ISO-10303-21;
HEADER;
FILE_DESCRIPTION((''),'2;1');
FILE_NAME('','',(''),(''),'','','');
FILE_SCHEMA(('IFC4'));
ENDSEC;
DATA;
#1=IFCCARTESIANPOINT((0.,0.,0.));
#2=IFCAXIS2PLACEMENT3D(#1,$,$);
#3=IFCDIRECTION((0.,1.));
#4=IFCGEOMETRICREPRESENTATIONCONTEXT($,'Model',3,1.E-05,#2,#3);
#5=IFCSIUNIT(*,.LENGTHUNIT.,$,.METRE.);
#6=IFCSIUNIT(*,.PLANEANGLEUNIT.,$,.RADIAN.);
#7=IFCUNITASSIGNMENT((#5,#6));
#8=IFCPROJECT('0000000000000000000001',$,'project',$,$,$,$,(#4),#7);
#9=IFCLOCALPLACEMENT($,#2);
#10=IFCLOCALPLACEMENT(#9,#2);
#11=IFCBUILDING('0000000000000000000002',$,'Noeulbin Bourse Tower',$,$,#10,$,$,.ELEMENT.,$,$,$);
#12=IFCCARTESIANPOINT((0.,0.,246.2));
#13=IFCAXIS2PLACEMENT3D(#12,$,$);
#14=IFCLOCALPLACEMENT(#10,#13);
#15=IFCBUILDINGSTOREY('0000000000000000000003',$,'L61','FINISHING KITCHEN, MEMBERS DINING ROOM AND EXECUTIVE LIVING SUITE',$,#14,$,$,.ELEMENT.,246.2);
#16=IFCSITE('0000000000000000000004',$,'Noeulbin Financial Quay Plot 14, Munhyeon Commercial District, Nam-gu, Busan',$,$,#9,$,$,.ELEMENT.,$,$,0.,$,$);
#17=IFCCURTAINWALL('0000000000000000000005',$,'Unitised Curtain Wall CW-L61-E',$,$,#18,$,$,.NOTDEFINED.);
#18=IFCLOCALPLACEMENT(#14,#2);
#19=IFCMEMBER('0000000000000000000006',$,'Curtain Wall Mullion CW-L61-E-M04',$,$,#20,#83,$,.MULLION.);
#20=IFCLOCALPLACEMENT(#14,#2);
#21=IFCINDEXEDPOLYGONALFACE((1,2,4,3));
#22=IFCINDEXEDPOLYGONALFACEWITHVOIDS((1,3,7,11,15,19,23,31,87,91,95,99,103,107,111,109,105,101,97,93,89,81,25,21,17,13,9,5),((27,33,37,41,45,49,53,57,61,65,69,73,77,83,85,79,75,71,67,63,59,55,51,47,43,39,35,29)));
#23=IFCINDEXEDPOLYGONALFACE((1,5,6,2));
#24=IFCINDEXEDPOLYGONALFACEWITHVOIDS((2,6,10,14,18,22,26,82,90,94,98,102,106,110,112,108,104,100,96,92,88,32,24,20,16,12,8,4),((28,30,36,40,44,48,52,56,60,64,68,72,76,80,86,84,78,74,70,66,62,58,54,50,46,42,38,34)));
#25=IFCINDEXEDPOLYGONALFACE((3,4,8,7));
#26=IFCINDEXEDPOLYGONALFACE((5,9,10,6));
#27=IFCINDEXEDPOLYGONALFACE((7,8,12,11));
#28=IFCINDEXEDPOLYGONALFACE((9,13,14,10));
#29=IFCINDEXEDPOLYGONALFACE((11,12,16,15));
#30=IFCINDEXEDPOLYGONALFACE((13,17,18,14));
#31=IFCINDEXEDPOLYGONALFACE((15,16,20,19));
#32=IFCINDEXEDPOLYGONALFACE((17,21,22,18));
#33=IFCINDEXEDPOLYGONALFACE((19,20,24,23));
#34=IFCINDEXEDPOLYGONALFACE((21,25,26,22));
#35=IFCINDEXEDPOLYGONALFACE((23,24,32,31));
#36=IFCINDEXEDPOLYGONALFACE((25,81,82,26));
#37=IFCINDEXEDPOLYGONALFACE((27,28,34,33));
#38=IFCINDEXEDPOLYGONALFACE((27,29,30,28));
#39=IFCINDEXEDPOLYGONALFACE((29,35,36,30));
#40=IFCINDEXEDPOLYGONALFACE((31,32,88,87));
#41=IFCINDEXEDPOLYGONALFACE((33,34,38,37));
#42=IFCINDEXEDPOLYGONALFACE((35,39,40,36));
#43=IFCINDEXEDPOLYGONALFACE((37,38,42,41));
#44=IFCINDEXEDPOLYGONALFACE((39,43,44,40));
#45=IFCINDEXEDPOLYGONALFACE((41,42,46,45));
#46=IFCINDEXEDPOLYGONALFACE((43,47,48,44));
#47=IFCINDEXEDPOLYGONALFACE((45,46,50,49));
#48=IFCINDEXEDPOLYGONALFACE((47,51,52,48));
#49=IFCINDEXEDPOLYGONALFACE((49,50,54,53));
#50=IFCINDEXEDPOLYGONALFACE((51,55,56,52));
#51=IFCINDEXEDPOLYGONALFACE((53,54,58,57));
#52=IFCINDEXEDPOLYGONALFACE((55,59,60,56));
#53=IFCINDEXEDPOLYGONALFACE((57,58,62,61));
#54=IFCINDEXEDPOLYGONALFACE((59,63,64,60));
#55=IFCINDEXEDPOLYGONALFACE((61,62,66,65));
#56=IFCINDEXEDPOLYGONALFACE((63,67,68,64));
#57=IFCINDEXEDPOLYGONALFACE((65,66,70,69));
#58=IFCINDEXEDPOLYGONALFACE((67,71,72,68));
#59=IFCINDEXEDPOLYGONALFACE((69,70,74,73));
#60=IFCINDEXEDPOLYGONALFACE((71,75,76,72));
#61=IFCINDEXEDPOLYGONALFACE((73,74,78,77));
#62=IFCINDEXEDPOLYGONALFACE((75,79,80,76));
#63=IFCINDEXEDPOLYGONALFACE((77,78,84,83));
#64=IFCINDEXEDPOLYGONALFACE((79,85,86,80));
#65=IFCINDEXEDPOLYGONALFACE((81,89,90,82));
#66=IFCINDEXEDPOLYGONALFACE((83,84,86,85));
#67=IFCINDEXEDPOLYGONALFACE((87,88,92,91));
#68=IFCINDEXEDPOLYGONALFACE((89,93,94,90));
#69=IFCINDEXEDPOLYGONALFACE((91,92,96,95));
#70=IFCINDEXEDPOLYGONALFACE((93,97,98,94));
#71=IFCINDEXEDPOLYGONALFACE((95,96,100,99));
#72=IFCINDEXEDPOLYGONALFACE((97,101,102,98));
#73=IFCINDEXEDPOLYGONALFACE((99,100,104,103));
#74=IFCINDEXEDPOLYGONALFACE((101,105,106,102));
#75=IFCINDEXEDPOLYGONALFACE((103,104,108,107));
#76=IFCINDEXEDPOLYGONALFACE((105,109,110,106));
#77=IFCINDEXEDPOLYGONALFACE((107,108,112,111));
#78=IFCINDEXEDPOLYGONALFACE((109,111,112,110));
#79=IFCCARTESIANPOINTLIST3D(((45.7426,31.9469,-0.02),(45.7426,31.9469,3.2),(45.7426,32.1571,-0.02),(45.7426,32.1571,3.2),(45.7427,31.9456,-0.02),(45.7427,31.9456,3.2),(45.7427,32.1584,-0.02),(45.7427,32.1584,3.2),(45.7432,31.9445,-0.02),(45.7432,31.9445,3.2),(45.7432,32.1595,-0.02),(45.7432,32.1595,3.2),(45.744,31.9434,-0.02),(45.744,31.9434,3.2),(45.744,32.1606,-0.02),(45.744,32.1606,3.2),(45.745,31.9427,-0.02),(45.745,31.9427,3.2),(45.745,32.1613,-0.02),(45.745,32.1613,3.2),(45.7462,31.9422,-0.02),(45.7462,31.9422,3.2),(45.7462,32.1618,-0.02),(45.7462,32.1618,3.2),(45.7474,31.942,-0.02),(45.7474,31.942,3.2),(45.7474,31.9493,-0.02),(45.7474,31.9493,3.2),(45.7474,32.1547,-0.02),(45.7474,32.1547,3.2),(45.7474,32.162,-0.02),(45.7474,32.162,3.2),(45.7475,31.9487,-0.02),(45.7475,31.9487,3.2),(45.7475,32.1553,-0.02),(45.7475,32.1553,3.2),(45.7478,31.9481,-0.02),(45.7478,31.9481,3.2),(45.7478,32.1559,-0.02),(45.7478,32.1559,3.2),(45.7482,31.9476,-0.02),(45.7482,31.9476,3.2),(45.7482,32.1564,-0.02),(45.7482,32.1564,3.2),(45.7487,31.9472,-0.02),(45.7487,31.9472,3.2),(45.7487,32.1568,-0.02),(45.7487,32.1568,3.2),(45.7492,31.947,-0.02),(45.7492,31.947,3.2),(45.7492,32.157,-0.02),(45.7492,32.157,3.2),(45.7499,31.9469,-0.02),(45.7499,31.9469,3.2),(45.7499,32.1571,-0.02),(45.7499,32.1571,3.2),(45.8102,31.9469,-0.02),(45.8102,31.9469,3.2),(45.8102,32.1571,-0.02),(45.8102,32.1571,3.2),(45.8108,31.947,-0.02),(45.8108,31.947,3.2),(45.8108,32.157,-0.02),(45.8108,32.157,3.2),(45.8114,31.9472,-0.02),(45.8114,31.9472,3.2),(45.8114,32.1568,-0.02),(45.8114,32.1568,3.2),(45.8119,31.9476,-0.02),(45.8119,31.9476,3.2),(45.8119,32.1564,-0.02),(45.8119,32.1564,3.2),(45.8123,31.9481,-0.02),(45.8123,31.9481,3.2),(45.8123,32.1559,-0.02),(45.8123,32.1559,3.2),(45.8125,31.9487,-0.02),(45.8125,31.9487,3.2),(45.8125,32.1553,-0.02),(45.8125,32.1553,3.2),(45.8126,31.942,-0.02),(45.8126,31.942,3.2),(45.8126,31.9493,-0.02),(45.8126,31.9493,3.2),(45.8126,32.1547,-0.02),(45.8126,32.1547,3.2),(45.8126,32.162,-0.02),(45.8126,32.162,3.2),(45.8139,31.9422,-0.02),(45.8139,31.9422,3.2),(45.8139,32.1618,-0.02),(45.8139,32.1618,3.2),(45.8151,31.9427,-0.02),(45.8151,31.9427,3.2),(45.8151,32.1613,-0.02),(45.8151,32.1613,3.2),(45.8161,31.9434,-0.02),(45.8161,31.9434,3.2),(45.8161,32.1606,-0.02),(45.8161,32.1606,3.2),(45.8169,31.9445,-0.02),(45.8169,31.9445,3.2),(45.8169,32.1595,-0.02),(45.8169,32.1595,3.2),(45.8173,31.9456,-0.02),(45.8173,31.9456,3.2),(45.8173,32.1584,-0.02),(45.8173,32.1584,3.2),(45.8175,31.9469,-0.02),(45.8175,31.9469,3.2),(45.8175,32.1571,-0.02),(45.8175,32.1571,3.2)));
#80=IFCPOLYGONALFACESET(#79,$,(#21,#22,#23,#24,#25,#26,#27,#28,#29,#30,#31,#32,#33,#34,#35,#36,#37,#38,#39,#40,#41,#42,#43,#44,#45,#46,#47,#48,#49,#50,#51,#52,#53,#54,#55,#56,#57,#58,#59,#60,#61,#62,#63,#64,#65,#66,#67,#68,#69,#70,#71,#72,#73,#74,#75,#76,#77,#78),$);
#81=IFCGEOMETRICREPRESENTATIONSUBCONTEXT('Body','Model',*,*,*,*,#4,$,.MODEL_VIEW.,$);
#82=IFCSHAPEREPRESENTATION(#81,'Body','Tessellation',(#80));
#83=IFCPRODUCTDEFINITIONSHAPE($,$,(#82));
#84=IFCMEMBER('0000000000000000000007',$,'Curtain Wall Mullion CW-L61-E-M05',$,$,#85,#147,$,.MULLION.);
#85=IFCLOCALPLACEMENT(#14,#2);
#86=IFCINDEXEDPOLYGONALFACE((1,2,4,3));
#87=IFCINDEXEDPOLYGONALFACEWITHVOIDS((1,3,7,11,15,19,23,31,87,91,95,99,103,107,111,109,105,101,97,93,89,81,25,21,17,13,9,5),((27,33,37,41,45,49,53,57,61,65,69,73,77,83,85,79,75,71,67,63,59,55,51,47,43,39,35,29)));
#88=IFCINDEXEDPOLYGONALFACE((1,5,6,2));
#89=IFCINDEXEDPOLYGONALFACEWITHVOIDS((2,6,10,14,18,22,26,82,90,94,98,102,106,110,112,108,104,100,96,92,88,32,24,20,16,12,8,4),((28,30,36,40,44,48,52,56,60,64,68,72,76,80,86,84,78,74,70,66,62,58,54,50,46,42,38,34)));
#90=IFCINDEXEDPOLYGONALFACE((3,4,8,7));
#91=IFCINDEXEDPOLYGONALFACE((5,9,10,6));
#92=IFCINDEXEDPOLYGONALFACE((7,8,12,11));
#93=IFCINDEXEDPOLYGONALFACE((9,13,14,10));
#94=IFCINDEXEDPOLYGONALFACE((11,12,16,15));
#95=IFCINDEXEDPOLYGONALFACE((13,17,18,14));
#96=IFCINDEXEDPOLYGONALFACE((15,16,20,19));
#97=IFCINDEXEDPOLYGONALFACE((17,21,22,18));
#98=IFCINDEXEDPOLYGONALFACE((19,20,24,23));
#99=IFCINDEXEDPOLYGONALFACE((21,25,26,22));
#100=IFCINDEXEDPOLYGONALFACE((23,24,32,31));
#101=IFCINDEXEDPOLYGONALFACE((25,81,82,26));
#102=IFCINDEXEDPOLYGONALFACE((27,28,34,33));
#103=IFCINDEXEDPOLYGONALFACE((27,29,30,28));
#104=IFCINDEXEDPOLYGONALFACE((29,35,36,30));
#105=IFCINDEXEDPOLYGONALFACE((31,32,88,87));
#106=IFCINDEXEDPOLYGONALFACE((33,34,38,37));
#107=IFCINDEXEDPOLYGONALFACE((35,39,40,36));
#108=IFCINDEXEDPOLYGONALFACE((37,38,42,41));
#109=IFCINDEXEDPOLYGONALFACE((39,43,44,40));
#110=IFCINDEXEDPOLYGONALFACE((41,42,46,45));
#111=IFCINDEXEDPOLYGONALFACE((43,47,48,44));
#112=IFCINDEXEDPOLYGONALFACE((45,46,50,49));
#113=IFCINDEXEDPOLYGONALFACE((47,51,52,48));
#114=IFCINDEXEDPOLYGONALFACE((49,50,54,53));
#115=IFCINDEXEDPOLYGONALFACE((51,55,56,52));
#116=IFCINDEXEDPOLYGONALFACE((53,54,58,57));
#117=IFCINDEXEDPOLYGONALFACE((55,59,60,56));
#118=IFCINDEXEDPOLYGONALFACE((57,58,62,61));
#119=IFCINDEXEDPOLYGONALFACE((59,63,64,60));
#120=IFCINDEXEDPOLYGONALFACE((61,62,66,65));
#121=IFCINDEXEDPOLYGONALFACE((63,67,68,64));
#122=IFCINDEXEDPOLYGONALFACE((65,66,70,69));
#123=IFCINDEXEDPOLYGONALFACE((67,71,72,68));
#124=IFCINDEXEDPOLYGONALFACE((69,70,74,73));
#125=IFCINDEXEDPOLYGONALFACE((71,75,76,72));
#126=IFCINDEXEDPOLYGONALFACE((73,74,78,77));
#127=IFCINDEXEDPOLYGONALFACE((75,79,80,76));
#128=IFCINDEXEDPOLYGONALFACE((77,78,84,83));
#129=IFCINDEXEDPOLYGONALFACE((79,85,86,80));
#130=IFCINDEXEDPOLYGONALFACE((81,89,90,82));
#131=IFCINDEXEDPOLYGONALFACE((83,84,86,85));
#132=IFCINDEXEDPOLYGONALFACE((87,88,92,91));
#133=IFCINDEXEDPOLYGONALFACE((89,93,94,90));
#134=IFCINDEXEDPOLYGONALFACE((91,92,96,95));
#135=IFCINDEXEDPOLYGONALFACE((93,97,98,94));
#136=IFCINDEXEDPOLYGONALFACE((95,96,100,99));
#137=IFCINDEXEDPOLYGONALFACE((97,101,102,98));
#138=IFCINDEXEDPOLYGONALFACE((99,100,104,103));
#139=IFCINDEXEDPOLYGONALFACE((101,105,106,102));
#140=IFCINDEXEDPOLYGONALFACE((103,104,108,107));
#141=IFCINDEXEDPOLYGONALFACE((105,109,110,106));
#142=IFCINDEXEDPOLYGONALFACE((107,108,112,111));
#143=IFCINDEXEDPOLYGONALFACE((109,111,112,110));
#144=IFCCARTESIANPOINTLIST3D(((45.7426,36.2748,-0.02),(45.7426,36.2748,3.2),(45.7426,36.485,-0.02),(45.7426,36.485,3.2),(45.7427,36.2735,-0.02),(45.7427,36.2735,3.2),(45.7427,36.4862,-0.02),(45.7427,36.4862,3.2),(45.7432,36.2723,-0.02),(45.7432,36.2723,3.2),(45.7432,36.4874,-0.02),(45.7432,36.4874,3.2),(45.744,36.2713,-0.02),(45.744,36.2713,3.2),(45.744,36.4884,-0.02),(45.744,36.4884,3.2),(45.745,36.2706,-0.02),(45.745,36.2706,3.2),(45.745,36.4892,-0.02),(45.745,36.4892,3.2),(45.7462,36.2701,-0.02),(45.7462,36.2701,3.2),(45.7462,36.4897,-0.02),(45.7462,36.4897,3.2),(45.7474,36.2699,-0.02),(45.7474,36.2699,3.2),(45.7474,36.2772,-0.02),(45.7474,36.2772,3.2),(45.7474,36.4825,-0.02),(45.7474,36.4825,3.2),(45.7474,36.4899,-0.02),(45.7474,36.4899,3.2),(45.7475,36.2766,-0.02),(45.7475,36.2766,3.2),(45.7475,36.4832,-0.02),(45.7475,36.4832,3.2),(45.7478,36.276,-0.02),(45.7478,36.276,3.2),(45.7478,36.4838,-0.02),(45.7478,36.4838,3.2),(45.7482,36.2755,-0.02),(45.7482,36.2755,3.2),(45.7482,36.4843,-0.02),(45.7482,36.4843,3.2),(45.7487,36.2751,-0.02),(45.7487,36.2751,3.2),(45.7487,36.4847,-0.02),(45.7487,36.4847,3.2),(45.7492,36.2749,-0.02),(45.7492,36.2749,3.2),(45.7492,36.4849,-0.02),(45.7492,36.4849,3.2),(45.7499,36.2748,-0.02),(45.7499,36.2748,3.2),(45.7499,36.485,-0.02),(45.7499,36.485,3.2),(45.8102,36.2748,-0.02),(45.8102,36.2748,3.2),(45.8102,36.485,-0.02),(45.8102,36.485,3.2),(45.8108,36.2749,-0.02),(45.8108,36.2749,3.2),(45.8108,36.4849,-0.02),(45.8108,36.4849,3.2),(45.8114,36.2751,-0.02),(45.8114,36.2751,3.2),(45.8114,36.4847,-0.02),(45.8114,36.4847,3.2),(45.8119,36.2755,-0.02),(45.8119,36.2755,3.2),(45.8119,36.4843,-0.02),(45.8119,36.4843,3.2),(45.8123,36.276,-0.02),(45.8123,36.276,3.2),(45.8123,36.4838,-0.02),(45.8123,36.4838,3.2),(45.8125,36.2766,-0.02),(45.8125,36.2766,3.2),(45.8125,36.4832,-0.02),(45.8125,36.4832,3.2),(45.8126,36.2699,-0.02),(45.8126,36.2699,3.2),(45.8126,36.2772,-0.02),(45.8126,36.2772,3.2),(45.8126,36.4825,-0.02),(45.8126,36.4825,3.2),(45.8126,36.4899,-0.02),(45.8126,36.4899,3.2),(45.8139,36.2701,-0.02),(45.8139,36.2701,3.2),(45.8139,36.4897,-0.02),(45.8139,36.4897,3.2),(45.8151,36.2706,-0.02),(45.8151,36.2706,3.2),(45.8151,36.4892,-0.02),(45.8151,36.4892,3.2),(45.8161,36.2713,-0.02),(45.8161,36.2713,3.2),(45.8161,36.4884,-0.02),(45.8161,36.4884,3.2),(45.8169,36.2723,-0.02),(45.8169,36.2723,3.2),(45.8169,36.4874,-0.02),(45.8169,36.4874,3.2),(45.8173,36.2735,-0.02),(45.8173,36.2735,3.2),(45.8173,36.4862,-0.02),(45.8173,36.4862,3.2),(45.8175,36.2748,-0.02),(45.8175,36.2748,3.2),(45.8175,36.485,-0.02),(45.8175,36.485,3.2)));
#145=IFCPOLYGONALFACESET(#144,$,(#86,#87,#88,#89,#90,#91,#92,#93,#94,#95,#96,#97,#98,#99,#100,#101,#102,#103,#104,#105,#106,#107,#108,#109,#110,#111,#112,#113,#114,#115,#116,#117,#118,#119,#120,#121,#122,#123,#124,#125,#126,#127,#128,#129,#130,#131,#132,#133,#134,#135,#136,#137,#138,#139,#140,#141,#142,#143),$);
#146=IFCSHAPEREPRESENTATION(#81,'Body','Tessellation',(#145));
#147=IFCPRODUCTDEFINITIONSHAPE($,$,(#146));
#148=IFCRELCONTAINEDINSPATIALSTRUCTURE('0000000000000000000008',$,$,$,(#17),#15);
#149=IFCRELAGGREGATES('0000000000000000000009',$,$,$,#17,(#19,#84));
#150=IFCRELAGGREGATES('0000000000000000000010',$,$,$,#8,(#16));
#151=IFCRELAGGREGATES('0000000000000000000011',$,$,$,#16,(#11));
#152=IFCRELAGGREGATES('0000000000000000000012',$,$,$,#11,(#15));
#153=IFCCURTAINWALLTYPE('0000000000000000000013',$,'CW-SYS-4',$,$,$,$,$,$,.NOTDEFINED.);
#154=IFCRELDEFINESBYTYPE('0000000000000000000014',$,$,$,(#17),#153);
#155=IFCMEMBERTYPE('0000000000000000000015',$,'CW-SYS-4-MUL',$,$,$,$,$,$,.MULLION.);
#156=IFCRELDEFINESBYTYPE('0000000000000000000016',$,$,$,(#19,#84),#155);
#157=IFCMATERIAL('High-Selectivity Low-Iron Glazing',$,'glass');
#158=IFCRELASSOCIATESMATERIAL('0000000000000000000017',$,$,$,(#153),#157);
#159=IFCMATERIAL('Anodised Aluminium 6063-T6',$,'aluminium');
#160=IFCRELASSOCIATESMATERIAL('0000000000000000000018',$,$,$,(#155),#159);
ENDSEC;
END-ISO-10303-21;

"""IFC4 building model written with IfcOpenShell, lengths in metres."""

from ifc_helpers import new_model, si_unit, direction, frame, origin, origin_2d, place, context, subcontext, project, spatial, hollow_rectangle, extrude, material, material_profile, profile_set, type_object, element, aggregate, save


model = new_model("IFC4")

# Units and contexts
model_context = context("Model", 3, precision=1e-05, world=origin(), true_north=direction((0.0, 1.0)))
body_context = subcontext(model_context, "Body", "Model", "MODEL_VIEW")
ifc_project = project(units=[si_unit("LENGTHUNIT", "METRE"), si_unit("PLANEANGLEUNIT", "RADIAN")], contexts=[model_context])

# Site, building, storey
site_placement = place(None, origin())
site = spatial("IfcSite", under=ifc_project, at=site_placement, Name="Noeulbin Financial Quay Plot 14, Munhyeon Commercial District, Nam-gu, Busan", CompositionType="ELEMENT", RefElevation=0.0)
building_placement = place(site_placement, origin())
building = spatial("IfcBuilding", under=site, at=building_placement, Name="Noeulbin Bourse Tower", CompositionType="ELEMENT")
storey_placement = place(building_placement, frame((0.0, 0.0, 246.2)))
storey = spatial("IfcBuildingStorey", under=building, at=storey_placement, Name="L61", Description="FINISHING KITCHEN, MEMBERS DINING ROOM AND EXECUTIVE LIVING SUITE", CompositionType="ELEMENT", Elevation=246.2)

# Curtain wall, members
ifc_material_1 = material(Name="High-Selectivity Low-Iron Glazing", Category="glass")
curtain_wall_type = type_object("IfcCurtainWallType", Name="CW-SYS-4", PredefinedType="NOTDEFINED", material=ifc_material_1)
ifc_material_2 = material(Name="Anodised Aluminium 6063-T6", Category="aluminium")
ifc_material_profile_1 = material_profile(ifc_material_2, hollow_rectangle(XDim=0.075, YDim=0.22, WallThickness=0.0049, InnerFilletRadius=0.0024, OuterFilletRadius=0.0049, at=origin_2d()), Name="ALU-MULL-75x220x5", Category="LoadBearing")
ifc_profile_set_1 = profile_set([ifc_material_profile_1], Name="Anodised Aluminium 6063-T6")
member_type_1 = type_object("IfcMemberType", Name="CW-SYS-4-MUL", PredefinedType="MULLION", material=ifc_profile_set_1)
curtain_wall_1_placement = place(storey_placement, origin())
curtain_wall_1 = element("IfcCurtainWall", 1, at=curtain_wall_1_placement, inside=storey, type_object=curtain_wall_type, Name="Unitised Curtain Wall CW-L61-E", PredefinedType="NOTDEFINED")
member_1_placement = place(storey_placement, frame((45.78, 32.052, -0.02), z_axis=(0.0, 0.0, 1.0), x_axis=(1.0, 0.0, 0.0)))
member_1 = element("IfcMember", 2, at=member_1_placement, type_object=member_type_1, Name="Curtain Wall Mullion CW-L61-E-M04", PredefinedType="MULLION", context=body_context, shape_type="SweptSolid", body=[
    extrude(hollow_rectangle(XDim=0.075, YDim=0.22, WallThickness=0.0049, InnerFilletRadius=0.0024, OuterFilletRadius=0.0049, at=origin_2d()), origin(), (0.0, 0.0, 1.0), 3.22),
])
member_2_placement = place(storey_placement, frame((45.78, 36.3799, -0.02), z_axis=(0.0, 0.0, 1.0), x_axis=(1.0, 0.0, 0.0)))
member_2 = element("IfcMember", 3, at=member_2_placement, type_object=member_type_1, Name="Curtain Wall Mullion CW-L61-E-M05", PredefinedType="MULLION", context=body_context, shape_type="SweptSolid", body=[
    extrude(hollow_rectangle(XDim=0.075, YDim=0.22, WallThickness=0.0049, InnerFilletRadius=0.0024, OuterFilletRadius=0.0049, at=origin_2d()), origin(), (0.0, 0.0, 1.0), 3.22),
])

aggregate(curtain_wall_1, [member_1, member_2])

save(model, "model.ifc")
